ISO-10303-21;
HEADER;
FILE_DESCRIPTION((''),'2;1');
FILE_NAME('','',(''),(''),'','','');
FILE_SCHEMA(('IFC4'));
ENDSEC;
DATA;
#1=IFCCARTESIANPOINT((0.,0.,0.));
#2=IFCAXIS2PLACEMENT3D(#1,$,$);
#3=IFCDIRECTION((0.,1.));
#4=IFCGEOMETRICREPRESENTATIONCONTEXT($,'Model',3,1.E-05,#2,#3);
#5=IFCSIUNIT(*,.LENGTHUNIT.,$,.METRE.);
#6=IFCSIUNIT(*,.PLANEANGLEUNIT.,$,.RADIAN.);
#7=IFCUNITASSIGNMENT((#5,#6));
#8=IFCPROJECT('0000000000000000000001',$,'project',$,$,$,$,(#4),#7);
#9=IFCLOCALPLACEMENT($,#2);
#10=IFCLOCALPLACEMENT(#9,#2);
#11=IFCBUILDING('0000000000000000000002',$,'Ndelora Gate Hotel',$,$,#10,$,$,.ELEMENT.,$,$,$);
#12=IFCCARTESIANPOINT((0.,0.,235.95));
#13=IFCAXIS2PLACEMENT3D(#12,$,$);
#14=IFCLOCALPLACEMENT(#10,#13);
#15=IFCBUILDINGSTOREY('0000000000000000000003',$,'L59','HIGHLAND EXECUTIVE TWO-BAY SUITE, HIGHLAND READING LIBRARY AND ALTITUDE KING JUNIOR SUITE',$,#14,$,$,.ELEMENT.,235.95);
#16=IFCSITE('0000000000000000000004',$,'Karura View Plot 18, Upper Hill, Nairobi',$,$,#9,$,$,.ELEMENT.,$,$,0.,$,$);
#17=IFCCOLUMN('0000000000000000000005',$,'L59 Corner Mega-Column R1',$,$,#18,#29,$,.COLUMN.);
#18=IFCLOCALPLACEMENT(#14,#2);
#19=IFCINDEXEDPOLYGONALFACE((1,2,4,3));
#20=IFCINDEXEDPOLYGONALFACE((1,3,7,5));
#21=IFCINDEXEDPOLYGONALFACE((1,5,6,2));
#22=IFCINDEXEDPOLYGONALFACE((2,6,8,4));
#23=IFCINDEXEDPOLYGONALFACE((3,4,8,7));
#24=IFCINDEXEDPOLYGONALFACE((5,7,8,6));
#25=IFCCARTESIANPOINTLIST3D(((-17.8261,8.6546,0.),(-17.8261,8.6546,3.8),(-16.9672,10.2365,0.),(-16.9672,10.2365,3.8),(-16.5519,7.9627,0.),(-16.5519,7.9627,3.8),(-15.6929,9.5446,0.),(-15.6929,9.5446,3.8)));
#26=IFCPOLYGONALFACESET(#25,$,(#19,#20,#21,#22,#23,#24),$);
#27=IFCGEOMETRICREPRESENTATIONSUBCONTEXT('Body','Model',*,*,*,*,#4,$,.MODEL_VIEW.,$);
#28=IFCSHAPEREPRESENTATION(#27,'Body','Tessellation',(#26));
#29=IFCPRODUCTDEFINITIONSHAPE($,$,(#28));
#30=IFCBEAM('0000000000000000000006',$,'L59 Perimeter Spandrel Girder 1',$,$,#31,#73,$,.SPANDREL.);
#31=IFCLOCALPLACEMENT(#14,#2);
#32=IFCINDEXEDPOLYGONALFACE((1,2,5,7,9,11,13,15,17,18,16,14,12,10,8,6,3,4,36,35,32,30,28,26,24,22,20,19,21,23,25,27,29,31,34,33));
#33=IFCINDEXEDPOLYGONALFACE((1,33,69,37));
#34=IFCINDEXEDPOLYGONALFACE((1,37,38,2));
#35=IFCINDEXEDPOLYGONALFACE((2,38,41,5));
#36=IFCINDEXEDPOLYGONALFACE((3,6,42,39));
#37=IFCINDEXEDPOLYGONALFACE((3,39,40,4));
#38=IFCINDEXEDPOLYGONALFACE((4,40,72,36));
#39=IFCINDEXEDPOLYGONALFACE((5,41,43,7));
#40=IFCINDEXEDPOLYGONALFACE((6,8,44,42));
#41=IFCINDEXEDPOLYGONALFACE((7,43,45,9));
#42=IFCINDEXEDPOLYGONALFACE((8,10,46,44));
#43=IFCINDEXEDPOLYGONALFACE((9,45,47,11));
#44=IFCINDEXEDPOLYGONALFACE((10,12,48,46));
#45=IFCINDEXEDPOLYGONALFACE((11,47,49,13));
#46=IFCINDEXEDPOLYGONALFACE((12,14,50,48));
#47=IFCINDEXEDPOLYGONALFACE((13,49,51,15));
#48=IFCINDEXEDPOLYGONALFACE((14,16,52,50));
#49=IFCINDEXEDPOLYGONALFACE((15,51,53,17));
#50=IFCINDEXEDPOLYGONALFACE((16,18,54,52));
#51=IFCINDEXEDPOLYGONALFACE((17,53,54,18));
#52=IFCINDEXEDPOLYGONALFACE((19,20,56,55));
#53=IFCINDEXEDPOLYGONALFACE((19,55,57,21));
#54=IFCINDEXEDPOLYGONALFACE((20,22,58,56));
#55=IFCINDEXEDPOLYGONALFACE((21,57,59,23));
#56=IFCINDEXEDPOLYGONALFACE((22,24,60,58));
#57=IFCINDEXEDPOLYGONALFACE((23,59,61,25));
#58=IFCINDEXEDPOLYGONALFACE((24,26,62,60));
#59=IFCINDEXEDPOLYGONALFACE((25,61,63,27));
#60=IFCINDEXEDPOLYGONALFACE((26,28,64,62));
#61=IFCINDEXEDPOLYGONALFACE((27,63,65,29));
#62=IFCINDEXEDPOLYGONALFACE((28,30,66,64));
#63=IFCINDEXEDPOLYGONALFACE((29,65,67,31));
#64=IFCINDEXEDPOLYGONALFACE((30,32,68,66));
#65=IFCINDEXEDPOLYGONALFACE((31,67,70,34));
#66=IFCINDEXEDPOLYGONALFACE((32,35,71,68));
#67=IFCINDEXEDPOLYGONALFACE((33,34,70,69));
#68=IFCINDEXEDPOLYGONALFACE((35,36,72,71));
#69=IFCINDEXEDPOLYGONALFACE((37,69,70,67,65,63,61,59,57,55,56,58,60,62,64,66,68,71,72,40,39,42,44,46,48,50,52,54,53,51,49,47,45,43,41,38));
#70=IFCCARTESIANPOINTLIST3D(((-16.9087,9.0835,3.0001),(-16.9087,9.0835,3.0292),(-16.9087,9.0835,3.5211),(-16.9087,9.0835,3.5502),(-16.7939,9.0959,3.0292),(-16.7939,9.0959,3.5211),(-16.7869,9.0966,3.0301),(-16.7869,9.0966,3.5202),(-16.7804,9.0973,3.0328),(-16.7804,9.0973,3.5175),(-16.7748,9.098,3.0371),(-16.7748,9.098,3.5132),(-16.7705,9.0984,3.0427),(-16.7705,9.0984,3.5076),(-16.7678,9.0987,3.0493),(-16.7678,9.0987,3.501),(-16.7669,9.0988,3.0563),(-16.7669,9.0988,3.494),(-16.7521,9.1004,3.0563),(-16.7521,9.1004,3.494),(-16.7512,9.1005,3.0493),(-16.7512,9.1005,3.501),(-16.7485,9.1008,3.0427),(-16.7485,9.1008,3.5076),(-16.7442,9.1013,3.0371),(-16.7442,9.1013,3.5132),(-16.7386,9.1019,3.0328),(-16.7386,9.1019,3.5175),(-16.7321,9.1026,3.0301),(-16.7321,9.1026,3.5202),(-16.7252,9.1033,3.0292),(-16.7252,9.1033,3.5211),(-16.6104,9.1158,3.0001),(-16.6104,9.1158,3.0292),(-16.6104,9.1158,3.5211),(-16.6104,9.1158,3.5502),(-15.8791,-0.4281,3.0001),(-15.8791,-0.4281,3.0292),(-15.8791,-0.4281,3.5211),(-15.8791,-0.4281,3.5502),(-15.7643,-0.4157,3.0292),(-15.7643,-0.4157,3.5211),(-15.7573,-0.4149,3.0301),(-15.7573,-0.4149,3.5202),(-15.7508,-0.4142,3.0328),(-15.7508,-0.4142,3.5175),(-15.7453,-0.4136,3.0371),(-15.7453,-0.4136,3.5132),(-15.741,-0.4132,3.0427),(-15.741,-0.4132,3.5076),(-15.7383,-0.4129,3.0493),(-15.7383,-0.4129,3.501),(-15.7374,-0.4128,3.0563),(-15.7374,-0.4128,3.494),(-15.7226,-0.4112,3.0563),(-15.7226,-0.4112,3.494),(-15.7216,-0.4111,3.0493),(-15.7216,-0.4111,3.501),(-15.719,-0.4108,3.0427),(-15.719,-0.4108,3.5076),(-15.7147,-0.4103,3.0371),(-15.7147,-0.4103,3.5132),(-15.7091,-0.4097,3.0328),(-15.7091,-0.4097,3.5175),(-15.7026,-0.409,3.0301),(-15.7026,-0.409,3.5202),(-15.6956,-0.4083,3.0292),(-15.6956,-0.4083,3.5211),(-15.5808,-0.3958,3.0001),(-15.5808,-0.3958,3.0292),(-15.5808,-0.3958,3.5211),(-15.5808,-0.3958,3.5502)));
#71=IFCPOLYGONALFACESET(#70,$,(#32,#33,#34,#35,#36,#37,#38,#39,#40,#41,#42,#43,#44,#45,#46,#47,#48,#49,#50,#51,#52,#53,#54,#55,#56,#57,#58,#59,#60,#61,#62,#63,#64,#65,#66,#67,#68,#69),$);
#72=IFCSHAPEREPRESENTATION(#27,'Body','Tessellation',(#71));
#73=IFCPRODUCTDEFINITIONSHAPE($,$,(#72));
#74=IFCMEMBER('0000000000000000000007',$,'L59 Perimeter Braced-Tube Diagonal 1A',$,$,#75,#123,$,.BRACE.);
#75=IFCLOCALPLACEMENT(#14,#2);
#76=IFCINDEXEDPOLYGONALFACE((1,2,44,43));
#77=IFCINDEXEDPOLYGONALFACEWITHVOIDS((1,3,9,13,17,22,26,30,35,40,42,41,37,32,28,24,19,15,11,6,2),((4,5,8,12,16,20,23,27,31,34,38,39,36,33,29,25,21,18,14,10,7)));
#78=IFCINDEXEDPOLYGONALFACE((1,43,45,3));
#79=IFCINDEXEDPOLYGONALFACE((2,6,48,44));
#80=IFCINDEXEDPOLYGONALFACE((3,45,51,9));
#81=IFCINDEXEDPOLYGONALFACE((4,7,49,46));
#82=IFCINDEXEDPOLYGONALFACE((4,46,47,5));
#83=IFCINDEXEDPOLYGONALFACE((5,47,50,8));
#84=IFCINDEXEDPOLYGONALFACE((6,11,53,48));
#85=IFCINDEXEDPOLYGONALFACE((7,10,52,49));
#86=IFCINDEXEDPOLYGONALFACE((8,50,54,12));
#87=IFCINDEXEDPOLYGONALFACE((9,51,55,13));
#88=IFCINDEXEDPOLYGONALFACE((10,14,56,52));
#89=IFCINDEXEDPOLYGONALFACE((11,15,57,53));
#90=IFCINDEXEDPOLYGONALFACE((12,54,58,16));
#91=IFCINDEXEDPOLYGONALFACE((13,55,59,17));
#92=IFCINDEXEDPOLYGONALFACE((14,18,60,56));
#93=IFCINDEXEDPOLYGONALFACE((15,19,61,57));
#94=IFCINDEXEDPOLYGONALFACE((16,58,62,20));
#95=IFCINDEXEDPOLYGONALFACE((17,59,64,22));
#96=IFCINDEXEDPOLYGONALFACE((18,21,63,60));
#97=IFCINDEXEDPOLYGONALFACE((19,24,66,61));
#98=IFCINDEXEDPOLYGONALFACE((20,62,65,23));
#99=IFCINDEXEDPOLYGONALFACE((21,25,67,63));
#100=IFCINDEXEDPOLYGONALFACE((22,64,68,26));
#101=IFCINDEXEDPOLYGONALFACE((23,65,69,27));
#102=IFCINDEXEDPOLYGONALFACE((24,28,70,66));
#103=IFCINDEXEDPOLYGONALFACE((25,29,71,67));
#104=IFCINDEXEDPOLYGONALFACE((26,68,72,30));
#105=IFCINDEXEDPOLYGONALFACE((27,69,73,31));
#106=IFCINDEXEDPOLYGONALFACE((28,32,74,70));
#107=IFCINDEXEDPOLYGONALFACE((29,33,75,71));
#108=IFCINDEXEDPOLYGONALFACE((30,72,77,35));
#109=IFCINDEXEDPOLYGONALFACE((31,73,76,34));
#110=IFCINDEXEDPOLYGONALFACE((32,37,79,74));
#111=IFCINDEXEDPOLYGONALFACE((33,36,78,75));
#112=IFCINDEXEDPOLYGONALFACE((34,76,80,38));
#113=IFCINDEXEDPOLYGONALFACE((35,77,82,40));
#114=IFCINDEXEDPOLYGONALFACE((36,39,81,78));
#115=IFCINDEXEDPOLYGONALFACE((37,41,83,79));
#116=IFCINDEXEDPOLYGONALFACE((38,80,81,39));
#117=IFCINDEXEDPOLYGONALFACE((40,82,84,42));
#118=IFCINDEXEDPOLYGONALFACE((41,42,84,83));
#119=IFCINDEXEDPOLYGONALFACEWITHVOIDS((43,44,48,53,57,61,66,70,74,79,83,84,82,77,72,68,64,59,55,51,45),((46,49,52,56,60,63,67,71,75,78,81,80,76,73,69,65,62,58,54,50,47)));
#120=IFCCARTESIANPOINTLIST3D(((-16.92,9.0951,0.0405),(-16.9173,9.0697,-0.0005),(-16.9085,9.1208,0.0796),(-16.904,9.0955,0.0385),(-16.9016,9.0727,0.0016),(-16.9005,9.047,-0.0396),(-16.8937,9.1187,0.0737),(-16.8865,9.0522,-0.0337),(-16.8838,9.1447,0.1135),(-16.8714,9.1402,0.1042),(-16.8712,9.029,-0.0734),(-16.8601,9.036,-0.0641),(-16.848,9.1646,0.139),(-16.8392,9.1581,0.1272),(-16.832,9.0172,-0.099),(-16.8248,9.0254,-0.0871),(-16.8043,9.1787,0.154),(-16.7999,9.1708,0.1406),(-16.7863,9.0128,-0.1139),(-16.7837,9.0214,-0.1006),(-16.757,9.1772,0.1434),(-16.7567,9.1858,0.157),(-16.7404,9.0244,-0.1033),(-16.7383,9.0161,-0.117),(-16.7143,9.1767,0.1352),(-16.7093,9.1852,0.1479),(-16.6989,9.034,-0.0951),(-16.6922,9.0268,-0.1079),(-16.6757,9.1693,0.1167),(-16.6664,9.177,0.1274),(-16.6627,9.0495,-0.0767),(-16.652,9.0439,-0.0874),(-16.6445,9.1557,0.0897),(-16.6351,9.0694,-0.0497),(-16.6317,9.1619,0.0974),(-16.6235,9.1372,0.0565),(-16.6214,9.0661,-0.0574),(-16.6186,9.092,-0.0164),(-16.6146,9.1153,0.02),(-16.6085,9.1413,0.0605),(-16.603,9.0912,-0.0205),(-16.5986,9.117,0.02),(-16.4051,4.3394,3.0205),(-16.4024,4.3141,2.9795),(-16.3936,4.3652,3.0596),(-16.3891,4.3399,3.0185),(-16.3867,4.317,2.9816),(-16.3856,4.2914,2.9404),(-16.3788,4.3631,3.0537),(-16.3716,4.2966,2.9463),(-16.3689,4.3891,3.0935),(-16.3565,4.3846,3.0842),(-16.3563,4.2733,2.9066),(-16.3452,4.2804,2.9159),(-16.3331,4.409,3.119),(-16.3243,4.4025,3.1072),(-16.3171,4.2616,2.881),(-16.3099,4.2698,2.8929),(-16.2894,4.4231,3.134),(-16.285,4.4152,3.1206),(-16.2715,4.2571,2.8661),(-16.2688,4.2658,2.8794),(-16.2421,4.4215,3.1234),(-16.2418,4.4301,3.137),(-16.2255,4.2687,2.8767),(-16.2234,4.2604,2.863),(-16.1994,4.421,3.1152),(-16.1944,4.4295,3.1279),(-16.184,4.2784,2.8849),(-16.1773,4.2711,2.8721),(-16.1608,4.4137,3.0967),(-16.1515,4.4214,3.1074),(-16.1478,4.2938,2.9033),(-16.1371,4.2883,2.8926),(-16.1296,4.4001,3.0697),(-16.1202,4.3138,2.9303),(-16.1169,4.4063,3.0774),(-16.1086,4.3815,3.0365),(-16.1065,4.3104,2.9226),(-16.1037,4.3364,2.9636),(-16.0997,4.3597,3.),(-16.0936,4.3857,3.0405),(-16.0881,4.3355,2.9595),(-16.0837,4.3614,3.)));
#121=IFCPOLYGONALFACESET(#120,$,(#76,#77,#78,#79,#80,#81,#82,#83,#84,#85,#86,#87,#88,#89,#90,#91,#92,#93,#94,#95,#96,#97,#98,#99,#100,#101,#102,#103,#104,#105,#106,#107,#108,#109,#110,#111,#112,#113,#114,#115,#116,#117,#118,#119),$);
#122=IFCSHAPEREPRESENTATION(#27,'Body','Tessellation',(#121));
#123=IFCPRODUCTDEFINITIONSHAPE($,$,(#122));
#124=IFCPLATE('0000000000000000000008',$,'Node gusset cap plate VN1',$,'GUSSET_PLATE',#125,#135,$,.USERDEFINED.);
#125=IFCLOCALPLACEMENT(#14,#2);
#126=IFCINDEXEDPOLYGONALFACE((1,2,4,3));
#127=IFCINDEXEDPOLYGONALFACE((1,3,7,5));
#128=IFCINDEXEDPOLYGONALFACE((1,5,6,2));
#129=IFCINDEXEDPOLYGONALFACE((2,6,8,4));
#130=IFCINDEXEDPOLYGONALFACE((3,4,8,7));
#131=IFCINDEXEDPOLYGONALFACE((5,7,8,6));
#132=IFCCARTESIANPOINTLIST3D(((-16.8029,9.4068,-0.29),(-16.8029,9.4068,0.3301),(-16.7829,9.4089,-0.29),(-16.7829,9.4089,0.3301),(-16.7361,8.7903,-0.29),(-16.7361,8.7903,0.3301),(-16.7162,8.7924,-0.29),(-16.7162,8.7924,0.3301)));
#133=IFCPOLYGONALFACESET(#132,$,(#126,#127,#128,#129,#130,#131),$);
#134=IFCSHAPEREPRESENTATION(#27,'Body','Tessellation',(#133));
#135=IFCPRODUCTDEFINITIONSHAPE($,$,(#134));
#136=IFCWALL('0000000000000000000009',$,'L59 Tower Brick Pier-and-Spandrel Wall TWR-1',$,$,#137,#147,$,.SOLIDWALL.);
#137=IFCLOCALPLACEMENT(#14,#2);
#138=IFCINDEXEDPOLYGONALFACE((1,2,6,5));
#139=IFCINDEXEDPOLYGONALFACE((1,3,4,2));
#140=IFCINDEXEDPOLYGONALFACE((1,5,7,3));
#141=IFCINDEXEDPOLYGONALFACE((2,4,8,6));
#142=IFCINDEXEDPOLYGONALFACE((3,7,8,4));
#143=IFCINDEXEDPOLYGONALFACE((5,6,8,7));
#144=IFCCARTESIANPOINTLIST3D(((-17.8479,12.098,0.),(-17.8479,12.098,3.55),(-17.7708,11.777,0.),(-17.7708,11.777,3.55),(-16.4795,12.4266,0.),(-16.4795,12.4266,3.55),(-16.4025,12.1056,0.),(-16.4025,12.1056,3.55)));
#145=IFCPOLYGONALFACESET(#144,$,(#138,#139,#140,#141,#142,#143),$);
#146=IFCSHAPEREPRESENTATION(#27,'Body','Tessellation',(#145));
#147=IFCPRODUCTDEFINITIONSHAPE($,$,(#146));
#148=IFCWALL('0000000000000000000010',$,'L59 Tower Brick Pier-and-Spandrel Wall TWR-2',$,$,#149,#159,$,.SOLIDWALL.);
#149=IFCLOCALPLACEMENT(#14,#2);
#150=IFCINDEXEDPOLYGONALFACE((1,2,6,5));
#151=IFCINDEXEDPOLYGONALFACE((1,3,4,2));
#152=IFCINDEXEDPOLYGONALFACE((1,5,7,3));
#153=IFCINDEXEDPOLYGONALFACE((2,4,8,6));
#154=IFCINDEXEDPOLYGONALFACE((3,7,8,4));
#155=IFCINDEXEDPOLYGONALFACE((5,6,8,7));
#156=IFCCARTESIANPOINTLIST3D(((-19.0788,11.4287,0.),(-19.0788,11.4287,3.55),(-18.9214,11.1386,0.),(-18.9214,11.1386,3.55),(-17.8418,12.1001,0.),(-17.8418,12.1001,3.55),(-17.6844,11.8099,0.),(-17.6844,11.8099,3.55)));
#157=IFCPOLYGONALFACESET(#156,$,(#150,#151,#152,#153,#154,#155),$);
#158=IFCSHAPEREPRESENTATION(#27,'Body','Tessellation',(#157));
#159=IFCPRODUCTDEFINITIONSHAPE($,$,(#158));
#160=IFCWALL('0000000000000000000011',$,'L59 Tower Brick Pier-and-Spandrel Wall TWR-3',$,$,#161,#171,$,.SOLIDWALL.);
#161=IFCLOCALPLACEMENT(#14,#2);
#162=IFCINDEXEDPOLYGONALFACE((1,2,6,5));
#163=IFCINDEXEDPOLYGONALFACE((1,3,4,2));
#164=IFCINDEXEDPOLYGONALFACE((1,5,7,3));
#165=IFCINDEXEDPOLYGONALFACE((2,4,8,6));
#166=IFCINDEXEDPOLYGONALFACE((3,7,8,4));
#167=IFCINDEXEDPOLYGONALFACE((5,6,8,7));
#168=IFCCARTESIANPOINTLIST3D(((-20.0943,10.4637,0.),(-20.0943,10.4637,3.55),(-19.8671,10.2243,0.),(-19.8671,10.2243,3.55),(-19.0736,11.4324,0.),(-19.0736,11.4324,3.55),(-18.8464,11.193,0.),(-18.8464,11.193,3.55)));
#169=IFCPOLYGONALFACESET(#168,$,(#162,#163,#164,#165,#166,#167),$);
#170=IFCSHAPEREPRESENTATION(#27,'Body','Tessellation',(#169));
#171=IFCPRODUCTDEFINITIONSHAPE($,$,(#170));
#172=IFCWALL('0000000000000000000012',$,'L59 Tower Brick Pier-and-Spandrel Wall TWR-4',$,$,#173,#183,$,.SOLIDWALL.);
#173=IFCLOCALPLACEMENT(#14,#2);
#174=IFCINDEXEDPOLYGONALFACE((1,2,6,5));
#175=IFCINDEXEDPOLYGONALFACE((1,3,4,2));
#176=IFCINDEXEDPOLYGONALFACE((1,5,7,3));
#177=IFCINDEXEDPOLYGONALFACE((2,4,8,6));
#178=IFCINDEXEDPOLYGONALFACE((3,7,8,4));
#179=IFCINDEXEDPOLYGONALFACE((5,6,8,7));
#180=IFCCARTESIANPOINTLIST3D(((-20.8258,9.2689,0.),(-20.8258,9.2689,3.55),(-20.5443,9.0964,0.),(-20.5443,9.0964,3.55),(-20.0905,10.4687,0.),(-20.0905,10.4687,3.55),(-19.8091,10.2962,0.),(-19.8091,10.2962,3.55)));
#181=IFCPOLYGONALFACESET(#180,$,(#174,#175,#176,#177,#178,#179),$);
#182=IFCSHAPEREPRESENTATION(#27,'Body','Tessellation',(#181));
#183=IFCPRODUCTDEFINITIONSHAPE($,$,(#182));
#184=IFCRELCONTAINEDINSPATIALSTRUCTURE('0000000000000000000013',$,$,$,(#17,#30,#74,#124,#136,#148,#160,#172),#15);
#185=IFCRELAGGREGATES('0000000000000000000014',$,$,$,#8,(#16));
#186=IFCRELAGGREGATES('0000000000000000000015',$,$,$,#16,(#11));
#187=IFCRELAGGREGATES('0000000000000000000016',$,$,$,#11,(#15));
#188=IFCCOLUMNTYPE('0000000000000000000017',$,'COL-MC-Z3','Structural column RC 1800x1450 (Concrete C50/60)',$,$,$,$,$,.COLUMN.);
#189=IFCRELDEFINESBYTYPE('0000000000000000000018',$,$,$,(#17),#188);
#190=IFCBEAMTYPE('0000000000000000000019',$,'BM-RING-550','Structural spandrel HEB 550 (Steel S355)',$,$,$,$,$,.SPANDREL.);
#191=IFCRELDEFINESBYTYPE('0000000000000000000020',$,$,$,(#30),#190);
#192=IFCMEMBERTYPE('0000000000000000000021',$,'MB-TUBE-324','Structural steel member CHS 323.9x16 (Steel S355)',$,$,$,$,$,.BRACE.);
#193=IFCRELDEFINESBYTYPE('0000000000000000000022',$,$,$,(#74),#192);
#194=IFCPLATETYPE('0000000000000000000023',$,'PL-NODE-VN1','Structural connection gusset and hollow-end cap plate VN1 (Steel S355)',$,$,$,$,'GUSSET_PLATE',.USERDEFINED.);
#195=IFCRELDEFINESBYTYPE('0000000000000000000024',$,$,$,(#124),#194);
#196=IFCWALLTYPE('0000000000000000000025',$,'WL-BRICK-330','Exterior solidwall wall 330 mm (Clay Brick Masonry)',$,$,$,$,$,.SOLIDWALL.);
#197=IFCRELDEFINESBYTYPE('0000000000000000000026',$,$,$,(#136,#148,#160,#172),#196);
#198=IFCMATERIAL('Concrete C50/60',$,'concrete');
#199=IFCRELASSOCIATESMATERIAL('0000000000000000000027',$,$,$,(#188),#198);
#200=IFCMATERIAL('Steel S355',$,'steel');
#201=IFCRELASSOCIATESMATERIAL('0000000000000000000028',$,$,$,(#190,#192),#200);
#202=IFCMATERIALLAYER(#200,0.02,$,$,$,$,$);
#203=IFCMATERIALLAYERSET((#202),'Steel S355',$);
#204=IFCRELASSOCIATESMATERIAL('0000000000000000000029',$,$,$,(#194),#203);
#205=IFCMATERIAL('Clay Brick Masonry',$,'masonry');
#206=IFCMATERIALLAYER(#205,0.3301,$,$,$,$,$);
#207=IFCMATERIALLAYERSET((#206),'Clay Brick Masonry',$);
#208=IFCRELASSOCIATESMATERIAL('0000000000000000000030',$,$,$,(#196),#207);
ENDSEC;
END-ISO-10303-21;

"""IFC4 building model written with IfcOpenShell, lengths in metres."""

from ifc_helpers import new_model, si_unit, direction, frame, frame_2d, origin, origin_2d, place, context, subcontext, project, spatial, rectangle, hollow_circle, i_section, extrude, material, layer, layer_set, material_profile, profile_set, type_object, element, save


model = new_model("IFC4")

# Units and contexts
model_context = context("Model", 3, precision=1e-05, world=origin(), true_north=direction((0.0, 1.0)))
body_context = subcontext(model_context, "Body", "Model", "MODEL_VIEW")
ifc_project = project(units=[si_unit("LENGTHUNIT", "METRE"), si_unit("PLANEANGLEUNIT", "RADIAN")], contexts=[model_context])

# Site, building, storey
site_placement = place(None, origin())
site = spatial("IfcSite", under=ifc_project, at=site_placement, Name="Karura View Plot 18, Upper Hill, Nairobi", CompositionType="ELEMENT", RefElevation=0.0)
building_placement = place(site_placement, origin())
building = spatial("IfcBuilding", under=site, at=building_placement, Name="Ndelora Gate Hotel", CompositionType="ELEMENT")
storey_placement = place(building_placement, frame((0.0, 0.0, 235.95)))
storey = spatial("IfcBuildingStorey", under=building, at=storey_placement, Name="L59", Description="HIGHLAND EXECUTIVE TWO-BAY SUITE, HIGHLAND READING LIBRARY AND ALTITUDE KING JUNIOR SUITE", CompositionType="ELEMENT", Elevation=235.95)

# Column
ifc_material_1 = material(Name="Concrete C50/60", Category="concrete")
ifc_material_profile_1 = material_profile(ifc_material_1, rectangle(XDim=1.45, YDim=1.8, at=origin_2d()), Name="RC 1800x1450")
ifc_profile_set_1 = profile_set([ifc_material_profile_1], Name="Concrete C50/60")
column_type = type_object("IfcColumnType", Name="COL-MC-Z3", Description="Structural column RC 1800x1450 (Concrete C50/60)", PredefinedType="COLUMN", material=ifc_profile_set_1)
column_placement = place(storey_placement, frame((-16.7595, 9.0996, 0.0), z_axis=(0.0, 0.0, 1.0), x_axis=(-0.878817, 0.477159, 0.0)))
element("IfcColumn", 1, at=column_placement, inside=storey, type_object=column_type, Name="L59 Corner Mega-Column R1", PredefinedType="COLUMN", context=body_context, shape_type="SweptSolid", body=[
    extrude(rectangle(XDim=1.45, YDim=1.8, at=origin_2d()), origin(), (0.0, 0.0, 1.0), 3.8),
])

# Beam
ifc_material_2 = material(Name="Steel S355", Category="steel")
ifc_material_profile_2 = material_profile(ifc_material_2, i_section(OverallWidth=0.3, OverallDepth=0.55, WebThickness=0.0149, FlangeThickness=0.0291, FilletRadius=0.0271, at=origin_2d()), Name="HEB 550")
ifc_profile_set_2 = profile_set([ifc_material_profile_2], Name="Steel S355")
beam_type = type_object("IfcBeamType", Name="BM-RING-550", Description="Structural spandrel HEB 550 (Steel S355)", PredefinedType="SPANDREL", material=ifc_profile_set_2)
beam_placement = place(storey_placement, frame((-16.7595, 9.0996, 3.2751), z_axis=(0.107613, -0.994193, 0.0), x_axis=(0.994193, 0.107613, 0.0)))
element("IfcBeam", 2, at=beam_placement, inside=storey, type_object=beam_type, Name="L59 Perimeter Spandrel Girder 1", PredefinedType="SPANDREL", context=body_context, shape_type="SweptSolid", body=[
    extrude(i_section(OverallWidth=0.3, OverallDepth=0.55, WebThickness=0.0149, FlangeThickness=0.0291, FilletRadius=0.0271, at=origin_2d()), origin(), (0.0, 0.0, 1.0), 9.5671),
])

# Member
ifc_material_profile_3 = material_profile(ifc_material_2, hollow_circle(Radius=0.1619, WallThickness=0.0161, at=origin_2d()), Name="CHS 323.9x16")
ifc_profile_set_3 = profile_set([ifc_material_profile_3], Name="Steel S355")
member_type = type_object("IfcMemberType", Name="MB-TUBE-324", Description="Structural steel member CHS 323.9x16 (Steel S355)", PredefinedType="BRACE", material=ifc_profile_set_3)
member_placement = place(storey_placement, frame((-16.7595, 9.0996, 0.02), z_axis=(0.091362, -0.843835, 0.528767), x_axis=(0.99419, 0.107641, 0.0)))
element("IfcMember", 3, at=member_placement, inside=storey, type_object=member_type, Name="L59 Perimeter Braced-Tube Diagonal 1A", PredefinedType="BRACE", context=body_context, shape_type="SweptSolid", body=[
    extrude(hollow_circle(Radius=0.1619, WallThickness=0.0161, at=origin_2d()), origin(), (0.0, 0.0, 1.0), 5.6357),
])

# Plate
ifc_layer_1 = layer(ifc_material_2, 0.02)
ifc_layer_set_1 = layer_set([ifc_layer_1], Name="Steel S355")
plate_type = type_object("IfcPlateType", Name="PL-NODE-VN1", Description="Structural connection gusset and hollow-end cap plate VN1 (Steel S355)", ElementType="GUSSET_PLATE", PredefinedType="USERDEFINED", material=ifc_layer_set_1)
plate_placement = place(storey_placement, frame((-16.7595, 9.0996, -0.29), z_axis=(0.0, 0.0, 1.0), x_axis=(-0.107652, 0.994189, 0.0)))
element("IfcPlate", 4, at=plate_placement, inside=storey, type_object=plate_type, Name="Node gusset cap plate VN1", ObjectType="GUSSET_PLATE", PredefinedType="USERDEFINED", context=body_context, shape_type="SweptSolid", body=[
    extrude(rectangle(XDim=0.6201, YDim=0.02, at=origin_2d()), origin(), (0.0, 0.0, 1.0), 0.6201),
])

# Walls
ifc_material_3 = material(Name="Clay Brick Masonry", Category="masonry")
ifc_layer_2 = layer(ifc_material_3, 0.3301)
ifc_layer_set_2 = layer_set([ifc_layer_2], Name="Clay Brick Masonry")
wall_type_1 = type_object("IfcWallType", Name="WL-BRICK-330", Description="Exterior solidwall wall 330 mm (Clay Brick Masonry)", PredefinedType="SOLIDWALL", material=ifc_layer_set_2)
wall_1_placement = place(storey_placement, frame((-17.8093, 11.9375, 0.0), z_axis=(0.0, 0.0, 1.0), x_axis=(0.972356, 0.233504, 0.0)))
element("IfcWall", 5, at=wall_1_placement, inside=storey, type_object=wall_type_1, Name="L59 Tower Brick Pier-and-Spandrel Wall TWR-1", PredefinedType="SOLIDWALL", context=body_context, shape_type="SweptSolid", body=[
    extrude(rectangle(XDim=1.4072, YDim=0.3301, at=frame_2d((0.7036, 0.0))), origin(), (0.0, 0.0, 1.0), 3.55),
])
wall_2_placement = place(storey_placement, frame((-19.0, 11.2837, 0.0), z_axis=(0.0, 0.0, 1.0), x_axis=(0.878901, 0.477004, 0.0)))
element("IfcWall", 6, at=wall_2_placement, inside=storey, type_object=wall_type_1, Name="L59 Tower Brick Pier-and-Spandrel Wall TWR-2", PredefinedType="SOLIDWALL", context=body_context, shape_type="SweptSolid", body=[
    extrude(rectangle(XDim=1.4075, YDim=0.3301, at=frame_2d((0.7036, 0.0))), origin(), (0.0, 0.0, 1.0), 3.55),
])
for number, where, z_axis, x_axis, name in (
    (7, (-19.9807, 10.344, 0.0), (0.0, 0.0, 1.0), (0.725342, 0.688389, 0.0), "L59 Tower Brick Pier-and-Spandrel Wall TWR-3"),
    (8, (-20.6851, 9.1826, 0.0), (0.0, 0.0, 1.0), (0.522509, 0.852634, 0.0), "L59 Tower Brick Pier-and-Spandrel Wall TWR-4"),
):
    element("IfcWall", number, at=place(storey_placement, frame(where, z_axis=z_axis, x_axis=x_axis)), inside=storey, type_object=wall_type_1, Name=name, PredefinedType="SOLIDWALL", context=body_context, shape_type="SweptSolid", body=[
        extrude(rectangle(XDim=1.4072, YDim=0.3301, at=frame_2d((0.7036, 0.0))), origin(), (0.0, 0.0, 1.0), 3.55),
    ])

save(model, "model.ifc")
